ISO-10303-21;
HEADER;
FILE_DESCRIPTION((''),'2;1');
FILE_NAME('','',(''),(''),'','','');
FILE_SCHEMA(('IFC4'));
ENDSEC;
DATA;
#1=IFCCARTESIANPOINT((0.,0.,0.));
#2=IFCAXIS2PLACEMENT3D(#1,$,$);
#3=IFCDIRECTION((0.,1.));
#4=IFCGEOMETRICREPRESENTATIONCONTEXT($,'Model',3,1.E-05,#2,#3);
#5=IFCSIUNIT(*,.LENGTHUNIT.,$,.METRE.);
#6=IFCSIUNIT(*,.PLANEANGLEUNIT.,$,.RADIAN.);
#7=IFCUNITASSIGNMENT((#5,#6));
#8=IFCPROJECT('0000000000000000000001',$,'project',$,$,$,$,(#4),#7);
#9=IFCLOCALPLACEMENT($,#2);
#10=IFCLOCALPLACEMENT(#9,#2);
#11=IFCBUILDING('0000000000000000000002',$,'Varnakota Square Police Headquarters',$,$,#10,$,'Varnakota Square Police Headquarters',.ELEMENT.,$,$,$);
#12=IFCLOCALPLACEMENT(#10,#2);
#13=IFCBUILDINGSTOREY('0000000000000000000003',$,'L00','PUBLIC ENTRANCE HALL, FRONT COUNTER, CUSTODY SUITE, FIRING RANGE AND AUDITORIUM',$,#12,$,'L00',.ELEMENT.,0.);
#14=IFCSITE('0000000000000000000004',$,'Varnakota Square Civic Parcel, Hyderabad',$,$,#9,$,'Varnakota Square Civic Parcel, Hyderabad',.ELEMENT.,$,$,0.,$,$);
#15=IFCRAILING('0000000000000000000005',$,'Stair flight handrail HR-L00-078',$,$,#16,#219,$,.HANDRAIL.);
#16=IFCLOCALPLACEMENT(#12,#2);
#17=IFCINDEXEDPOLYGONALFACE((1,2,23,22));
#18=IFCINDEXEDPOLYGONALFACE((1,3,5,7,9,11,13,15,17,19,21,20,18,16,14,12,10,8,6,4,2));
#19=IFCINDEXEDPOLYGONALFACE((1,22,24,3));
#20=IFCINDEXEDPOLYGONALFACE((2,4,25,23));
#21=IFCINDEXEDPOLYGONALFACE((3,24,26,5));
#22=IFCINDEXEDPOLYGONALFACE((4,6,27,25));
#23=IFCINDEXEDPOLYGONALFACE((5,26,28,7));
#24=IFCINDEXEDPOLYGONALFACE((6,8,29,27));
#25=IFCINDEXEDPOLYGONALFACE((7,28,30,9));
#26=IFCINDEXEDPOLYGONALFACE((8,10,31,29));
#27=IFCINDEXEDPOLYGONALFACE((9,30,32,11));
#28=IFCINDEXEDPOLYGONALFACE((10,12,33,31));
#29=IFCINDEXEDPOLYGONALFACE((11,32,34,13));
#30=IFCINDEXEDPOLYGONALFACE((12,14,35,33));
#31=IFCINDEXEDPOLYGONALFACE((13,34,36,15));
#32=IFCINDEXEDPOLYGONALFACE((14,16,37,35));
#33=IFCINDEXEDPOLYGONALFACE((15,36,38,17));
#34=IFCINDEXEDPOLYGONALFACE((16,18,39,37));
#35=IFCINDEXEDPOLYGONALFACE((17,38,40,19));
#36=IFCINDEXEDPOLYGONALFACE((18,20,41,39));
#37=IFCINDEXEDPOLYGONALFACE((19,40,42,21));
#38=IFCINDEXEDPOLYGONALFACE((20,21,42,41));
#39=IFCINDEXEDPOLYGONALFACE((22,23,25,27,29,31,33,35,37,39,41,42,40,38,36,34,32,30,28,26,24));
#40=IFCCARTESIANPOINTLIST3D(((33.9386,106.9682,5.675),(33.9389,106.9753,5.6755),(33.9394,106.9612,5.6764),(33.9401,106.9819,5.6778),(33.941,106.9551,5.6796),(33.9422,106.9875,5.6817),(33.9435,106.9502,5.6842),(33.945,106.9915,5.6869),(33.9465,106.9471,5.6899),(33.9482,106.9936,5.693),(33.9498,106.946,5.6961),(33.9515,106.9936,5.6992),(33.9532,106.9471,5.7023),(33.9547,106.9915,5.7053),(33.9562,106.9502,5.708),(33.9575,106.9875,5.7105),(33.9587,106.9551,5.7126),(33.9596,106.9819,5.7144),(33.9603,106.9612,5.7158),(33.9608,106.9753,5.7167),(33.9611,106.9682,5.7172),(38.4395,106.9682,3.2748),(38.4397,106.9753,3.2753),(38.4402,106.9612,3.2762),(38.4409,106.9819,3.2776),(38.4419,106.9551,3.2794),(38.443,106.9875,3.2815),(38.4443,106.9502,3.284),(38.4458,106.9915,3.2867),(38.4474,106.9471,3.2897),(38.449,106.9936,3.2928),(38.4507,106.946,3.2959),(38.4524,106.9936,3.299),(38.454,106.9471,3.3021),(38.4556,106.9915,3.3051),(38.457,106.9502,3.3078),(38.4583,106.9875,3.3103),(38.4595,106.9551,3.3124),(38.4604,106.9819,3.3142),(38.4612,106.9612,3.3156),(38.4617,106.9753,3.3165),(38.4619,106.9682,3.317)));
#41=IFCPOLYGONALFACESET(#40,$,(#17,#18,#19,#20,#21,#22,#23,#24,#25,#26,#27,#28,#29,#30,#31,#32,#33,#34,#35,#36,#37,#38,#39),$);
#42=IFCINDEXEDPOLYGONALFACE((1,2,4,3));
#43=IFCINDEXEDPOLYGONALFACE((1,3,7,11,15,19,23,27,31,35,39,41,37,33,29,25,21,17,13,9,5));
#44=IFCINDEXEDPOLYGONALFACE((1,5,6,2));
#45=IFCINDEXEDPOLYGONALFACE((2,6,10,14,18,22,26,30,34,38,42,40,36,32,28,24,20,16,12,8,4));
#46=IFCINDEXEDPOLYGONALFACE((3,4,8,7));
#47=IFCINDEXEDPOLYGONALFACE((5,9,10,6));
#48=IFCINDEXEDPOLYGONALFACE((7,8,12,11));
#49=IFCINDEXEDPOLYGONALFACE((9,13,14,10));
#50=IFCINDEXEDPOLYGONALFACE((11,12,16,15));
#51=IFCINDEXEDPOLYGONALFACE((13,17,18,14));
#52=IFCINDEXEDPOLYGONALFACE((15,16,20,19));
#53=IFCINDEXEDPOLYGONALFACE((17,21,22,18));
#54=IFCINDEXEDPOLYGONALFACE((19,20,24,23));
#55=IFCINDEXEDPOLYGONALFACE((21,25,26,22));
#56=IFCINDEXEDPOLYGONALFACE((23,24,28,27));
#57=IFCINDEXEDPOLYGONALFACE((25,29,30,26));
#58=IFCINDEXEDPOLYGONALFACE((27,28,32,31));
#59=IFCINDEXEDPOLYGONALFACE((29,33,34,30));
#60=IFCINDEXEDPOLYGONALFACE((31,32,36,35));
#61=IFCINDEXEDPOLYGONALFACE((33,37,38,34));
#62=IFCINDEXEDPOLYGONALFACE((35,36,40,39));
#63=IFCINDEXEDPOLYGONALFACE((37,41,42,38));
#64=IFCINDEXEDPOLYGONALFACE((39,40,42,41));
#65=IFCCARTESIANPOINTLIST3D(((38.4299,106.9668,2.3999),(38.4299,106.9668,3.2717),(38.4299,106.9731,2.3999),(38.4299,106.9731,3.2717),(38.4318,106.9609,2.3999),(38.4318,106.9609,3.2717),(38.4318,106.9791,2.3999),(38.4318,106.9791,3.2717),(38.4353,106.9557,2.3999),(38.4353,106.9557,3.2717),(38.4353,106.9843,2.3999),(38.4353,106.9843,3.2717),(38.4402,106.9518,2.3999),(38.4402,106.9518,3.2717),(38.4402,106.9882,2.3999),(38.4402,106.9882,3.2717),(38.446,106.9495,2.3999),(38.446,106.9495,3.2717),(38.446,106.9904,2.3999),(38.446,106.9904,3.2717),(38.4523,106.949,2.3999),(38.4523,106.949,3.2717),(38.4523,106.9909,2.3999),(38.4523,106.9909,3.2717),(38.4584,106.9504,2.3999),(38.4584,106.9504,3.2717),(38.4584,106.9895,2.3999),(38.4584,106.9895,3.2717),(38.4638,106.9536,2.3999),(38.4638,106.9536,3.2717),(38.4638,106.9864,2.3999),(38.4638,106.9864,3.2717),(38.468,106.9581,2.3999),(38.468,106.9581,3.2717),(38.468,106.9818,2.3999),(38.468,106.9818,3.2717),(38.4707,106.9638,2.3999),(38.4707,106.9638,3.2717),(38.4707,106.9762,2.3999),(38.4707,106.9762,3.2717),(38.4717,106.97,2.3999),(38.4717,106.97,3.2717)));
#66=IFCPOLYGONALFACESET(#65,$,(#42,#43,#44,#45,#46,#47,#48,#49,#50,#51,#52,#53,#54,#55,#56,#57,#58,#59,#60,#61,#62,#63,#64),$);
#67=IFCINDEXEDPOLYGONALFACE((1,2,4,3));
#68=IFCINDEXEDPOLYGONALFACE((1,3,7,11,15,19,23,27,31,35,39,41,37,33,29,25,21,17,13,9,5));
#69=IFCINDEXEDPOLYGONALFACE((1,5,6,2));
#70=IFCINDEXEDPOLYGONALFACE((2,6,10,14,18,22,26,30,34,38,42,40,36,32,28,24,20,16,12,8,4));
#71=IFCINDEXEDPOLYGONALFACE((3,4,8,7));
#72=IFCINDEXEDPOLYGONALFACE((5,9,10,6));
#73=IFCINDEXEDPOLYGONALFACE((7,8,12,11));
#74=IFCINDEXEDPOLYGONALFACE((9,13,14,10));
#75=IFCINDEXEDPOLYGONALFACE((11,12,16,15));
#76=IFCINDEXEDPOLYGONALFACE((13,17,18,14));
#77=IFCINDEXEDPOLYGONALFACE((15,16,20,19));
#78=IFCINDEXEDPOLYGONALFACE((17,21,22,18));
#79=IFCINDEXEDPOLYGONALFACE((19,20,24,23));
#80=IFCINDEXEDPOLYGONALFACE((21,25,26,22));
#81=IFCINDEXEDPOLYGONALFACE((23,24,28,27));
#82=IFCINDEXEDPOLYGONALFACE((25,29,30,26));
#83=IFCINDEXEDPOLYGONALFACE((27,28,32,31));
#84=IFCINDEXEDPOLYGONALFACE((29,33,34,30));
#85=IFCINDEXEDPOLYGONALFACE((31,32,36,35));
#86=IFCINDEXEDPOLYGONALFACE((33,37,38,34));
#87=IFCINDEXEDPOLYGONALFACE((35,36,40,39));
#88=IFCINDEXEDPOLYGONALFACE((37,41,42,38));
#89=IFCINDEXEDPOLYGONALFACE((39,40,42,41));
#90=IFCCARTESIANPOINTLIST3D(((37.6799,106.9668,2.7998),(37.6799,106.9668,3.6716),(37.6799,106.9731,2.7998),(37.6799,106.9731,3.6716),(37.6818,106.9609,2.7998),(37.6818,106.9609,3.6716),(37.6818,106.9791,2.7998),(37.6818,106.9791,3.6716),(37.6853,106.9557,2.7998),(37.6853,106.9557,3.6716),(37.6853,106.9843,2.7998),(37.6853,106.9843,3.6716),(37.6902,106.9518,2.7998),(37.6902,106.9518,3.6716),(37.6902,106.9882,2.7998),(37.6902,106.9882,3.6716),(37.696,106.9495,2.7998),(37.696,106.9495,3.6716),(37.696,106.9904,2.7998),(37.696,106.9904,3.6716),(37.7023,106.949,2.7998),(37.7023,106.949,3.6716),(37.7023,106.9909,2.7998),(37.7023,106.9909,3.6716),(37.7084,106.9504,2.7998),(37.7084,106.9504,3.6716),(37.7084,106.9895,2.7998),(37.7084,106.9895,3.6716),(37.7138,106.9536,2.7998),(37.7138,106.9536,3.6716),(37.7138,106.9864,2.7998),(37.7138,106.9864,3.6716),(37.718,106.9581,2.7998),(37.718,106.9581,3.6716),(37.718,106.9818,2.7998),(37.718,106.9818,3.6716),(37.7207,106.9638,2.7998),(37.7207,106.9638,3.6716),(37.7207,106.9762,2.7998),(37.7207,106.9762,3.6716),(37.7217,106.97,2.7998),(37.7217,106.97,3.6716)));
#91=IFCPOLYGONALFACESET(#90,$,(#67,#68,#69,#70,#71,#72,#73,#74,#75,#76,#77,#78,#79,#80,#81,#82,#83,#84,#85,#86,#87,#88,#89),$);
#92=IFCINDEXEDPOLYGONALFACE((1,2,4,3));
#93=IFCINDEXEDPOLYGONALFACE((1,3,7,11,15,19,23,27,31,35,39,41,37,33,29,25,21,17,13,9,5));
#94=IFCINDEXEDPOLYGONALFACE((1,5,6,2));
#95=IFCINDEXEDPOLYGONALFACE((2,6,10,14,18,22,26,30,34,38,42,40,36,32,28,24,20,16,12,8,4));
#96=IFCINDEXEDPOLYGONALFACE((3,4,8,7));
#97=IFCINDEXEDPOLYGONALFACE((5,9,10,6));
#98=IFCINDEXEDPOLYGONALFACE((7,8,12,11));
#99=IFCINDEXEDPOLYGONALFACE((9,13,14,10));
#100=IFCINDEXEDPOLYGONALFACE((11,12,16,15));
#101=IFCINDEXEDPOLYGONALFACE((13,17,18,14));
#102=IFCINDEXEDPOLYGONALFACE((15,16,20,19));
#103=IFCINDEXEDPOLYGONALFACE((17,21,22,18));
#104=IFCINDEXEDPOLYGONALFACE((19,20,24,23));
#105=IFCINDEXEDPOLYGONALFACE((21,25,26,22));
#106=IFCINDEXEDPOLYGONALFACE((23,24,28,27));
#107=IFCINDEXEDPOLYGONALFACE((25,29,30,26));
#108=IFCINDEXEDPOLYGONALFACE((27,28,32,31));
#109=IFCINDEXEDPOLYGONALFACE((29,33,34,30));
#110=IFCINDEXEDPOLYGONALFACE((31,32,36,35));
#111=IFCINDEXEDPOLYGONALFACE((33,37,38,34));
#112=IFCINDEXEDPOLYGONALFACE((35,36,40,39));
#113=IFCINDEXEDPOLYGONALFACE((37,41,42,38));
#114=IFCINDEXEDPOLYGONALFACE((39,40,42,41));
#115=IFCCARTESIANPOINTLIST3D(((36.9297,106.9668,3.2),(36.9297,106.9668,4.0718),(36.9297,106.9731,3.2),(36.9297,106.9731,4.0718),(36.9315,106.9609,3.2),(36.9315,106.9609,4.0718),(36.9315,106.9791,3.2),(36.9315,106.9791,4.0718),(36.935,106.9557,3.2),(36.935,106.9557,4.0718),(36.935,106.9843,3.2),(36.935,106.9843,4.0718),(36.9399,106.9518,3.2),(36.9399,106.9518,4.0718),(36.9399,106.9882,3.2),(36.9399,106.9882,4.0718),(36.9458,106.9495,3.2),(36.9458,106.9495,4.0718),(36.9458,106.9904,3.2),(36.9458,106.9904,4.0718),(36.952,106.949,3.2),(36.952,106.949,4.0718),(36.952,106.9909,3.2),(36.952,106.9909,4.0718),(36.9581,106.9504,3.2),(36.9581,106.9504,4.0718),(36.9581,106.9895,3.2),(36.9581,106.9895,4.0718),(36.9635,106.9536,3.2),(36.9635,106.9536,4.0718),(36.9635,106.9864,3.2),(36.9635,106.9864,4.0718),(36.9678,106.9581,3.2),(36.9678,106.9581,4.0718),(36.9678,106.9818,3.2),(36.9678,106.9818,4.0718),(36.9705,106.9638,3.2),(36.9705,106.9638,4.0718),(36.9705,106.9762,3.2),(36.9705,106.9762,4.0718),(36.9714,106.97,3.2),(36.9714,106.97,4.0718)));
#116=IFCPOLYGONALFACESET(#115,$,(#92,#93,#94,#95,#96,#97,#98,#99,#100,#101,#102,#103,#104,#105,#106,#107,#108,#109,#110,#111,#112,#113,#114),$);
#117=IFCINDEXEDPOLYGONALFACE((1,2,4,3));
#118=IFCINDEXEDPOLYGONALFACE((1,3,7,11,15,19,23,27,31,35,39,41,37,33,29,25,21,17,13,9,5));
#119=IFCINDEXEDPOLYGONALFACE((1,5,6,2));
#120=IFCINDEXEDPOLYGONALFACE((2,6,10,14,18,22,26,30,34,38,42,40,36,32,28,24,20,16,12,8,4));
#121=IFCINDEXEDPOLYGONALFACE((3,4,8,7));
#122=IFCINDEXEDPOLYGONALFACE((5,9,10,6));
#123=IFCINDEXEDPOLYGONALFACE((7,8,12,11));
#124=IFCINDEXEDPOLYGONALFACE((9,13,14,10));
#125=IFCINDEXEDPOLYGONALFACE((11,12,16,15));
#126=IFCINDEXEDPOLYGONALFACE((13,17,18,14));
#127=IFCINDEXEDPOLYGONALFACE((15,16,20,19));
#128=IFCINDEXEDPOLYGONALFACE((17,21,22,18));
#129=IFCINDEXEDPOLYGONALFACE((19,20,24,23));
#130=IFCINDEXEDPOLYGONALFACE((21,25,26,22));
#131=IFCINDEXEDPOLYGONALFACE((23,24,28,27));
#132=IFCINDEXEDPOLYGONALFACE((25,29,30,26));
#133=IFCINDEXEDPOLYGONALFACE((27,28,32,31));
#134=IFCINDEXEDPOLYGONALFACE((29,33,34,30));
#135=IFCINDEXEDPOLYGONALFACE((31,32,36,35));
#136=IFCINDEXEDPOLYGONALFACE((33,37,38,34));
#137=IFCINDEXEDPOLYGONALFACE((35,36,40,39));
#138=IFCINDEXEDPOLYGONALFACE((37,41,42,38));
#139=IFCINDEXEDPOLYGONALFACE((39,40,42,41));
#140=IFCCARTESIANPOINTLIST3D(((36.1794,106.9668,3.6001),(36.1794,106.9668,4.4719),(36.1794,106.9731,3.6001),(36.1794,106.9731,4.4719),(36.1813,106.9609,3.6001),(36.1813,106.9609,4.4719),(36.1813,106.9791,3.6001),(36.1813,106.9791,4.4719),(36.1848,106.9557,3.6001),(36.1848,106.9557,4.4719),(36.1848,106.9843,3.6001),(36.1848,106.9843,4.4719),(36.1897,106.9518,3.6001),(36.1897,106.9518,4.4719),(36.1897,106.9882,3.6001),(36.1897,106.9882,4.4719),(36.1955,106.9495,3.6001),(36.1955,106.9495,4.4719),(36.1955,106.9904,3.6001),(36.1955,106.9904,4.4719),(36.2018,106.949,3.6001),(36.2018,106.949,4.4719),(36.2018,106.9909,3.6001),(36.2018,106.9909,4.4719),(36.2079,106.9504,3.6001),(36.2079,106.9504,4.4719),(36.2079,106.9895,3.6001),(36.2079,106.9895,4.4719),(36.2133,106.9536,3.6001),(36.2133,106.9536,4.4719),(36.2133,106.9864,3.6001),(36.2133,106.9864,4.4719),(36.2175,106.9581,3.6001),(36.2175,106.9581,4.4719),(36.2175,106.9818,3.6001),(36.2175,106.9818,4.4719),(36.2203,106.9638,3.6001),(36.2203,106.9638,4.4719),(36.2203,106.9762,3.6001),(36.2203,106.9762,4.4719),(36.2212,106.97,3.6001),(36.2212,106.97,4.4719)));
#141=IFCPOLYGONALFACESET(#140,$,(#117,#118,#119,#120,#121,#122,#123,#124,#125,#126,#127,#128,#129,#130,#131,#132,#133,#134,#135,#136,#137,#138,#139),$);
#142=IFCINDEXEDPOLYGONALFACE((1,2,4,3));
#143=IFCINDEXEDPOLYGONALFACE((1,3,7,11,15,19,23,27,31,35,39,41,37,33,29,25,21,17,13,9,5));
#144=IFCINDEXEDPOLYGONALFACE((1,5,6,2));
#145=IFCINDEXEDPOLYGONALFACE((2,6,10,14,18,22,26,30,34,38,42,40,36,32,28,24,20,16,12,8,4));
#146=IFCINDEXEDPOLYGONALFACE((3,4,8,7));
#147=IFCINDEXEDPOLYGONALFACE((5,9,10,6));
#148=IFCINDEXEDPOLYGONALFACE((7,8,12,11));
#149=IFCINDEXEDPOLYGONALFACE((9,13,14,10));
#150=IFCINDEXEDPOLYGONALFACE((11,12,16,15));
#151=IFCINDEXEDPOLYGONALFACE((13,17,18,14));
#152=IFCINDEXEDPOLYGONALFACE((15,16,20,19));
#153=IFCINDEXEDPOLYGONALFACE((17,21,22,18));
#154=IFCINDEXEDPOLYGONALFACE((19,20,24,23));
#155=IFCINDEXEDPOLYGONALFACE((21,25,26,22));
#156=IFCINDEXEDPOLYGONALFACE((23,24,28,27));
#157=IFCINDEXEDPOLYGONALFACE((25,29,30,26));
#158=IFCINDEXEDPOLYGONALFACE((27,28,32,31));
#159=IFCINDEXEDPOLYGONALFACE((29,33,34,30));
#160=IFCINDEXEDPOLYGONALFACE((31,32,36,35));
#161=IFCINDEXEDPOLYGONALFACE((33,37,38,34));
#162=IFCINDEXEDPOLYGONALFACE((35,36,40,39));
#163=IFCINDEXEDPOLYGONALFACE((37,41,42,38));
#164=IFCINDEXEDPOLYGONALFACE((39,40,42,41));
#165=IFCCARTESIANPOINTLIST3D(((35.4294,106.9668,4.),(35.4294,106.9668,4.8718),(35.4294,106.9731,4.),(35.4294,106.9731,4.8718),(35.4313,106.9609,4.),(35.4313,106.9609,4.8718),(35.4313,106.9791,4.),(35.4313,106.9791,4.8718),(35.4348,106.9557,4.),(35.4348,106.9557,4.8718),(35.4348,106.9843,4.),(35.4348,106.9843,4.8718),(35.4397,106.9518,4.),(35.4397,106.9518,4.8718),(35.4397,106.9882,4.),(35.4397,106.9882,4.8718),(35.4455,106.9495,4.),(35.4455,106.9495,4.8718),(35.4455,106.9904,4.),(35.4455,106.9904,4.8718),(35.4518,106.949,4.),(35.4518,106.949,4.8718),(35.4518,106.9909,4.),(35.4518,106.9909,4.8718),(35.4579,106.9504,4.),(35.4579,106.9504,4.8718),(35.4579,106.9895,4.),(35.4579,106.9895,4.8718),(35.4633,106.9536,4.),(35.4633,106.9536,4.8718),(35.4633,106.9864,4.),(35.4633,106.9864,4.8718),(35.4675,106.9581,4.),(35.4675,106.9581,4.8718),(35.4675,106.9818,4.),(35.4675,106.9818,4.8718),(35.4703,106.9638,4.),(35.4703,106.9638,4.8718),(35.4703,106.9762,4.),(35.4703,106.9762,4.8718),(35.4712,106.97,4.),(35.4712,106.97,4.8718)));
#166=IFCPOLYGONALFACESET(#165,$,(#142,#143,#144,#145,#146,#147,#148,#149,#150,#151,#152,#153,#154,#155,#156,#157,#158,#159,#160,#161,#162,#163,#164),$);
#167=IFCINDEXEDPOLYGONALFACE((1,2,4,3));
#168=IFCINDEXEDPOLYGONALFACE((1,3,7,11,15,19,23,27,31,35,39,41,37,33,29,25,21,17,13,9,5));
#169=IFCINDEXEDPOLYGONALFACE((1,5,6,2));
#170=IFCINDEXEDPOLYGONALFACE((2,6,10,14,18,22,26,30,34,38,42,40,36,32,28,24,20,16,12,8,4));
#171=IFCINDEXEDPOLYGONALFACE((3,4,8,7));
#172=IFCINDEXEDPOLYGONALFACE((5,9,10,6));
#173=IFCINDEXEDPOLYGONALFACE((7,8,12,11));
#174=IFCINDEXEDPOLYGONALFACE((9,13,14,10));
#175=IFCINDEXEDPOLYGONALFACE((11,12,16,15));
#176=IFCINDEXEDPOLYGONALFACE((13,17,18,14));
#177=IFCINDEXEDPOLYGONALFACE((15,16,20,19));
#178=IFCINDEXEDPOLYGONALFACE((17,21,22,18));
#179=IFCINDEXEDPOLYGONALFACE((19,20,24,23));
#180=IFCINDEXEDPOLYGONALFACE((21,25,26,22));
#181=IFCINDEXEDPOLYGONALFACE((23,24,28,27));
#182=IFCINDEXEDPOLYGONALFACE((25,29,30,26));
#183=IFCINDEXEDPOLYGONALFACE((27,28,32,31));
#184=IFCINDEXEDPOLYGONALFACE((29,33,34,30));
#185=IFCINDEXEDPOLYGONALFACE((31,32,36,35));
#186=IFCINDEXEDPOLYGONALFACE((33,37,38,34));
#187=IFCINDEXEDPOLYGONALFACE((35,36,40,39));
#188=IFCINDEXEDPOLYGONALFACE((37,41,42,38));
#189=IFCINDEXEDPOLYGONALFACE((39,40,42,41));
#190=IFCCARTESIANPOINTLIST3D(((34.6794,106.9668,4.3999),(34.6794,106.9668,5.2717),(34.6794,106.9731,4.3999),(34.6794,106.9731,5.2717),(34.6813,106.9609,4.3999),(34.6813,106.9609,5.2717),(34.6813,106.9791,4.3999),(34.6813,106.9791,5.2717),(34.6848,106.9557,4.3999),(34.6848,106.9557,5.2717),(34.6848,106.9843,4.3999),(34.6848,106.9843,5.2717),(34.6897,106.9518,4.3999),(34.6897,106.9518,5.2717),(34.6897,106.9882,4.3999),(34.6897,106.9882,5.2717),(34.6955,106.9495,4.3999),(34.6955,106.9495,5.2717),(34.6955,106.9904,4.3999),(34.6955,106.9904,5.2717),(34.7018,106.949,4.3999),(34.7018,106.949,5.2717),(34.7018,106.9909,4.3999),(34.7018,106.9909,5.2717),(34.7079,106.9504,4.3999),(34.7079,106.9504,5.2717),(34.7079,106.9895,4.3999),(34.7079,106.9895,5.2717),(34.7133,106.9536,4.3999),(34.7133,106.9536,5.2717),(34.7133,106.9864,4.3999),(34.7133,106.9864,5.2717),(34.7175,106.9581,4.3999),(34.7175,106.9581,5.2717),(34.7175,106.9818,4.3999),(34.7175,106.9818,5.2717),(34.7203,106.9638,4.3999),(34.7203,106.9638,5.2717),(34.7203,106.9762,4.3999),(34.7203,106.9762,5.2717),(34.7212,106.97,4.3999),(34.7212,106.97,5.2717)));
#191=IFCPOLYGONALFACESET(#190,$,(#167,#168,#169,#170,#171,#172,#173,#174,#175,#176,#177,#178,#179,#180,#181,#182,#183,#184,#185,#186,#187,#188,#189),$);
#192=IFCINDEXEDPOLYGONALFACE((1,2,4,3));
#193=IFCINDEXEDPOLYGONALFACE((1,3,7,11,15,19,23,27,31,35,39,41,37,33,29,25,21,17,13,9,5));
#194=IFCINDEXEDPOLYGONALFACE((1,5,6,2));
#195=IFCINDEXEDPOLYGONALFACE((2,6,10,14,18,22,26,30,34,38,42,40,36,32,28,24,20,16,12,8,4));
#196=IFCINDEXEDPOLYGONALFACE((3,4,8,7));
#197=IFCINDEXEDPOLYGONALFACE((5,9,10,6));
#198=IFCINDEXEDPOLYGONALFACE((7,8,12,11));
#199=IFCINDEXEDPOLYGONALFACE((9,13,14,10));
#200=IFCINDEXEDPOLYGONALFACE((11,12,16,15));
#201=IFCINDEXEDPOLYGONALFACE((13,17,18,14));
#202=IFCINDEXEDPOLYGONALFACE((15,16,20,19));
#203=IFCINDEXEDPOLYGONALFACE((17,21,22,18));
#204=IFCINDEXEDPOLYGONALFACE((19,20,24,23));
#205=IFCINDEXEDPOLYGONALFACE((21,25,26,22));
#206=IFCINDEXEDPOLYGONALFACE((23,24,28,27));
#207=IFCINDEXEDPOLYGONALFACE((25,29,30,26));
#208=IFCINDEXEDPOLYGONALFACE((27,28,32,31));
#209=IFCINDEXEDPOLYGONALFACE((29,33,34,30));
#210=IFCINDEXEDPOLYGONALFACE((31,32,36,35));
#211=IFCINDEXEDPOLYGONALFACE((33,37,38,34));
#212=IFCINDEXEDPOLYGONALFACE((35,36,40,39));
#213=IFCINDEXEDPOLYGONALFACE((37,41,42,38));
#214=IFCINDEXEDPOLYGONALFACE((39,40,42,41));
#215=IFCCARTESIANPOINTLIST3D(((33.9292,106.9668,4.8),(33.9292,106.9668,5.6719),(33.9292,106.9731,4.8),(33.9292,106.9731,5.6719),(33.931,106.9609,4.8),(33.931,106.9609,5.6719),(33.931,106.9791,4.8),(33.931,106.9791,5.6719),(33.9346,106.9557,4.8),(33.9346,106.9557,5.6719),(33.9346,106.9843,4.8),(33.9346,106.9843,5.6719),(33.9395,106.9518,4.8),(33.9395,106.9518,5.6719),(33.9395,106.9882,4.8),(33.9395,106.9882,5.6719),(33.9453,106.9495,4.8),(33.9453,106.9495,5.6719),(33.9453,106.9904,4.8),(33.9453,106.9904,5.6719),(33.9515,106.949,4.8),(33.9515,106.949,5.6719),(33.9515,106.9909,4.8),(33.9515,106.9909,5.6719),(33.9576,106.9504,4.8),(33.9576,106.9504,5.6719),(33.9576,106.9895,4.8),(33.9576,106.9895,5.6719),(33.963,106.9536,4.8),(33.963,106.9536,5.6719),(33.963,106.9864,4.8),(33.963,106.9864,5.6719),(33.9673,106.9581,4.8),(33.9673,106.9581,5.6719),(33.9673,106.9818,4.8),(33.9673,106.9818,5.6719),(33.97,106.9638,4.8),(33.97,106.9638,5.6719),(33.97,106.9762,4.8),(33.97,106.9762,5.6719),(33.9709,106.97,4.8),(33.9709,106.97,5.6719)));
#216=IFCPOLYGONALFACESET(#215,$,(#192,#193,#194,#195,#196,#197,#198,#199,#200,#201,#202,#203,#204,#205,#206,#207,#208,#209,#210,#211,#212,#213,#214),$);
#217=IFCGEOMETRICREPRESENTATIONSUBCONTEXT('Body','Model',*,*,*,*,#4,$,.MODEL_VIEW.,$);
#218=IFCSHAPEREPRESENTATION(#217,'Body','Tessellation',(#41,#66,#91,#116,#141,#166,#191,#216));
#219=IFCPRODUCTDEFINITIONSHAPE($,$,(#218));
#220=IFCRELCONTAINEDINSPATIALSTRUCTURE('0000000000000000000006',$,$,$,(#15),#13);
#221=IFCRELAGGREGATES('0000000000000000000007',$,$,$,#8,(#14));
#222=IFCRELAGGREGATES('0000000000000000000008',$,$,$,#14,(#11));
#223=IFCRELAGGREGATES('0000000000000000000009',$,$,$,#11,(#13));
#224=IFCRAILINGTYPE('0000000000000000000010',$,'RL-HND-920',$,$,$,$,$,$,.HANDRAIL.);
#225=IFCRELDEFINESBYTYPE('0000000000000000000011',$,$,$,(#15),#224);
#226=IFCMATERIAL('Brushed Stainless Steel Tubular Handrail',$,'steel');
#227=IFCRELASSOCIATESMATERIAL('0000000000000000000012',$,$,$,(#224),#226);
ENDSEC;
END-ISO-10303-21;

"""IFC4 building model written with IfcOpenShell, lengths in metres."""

from ifc_helpers import new_model, si_unit, direction, frame, origin, origin_2d, place, context, subcontext, project, spatial, circle, extrude, material, type_object, element, save


model = new_model("IFC4")

# Units and contexts
model_context = context("Model", 3, precision=1e-05, world=origin(), true_north=direction((0.0, 1.0)))
body_context = subcontext(model_context, "Body", "Model", "MODEL_VIEW")
ifc_project = project(units=[si_unit("LENGTHUNIT", "METRE"), si_unit("PLANEANGLEUNIT", "RADIAN")], contexts=[model_context])

# Site, building, storey
site_placement = place(None, origin())
site = spatial("IfcSite", under=ifc_project, at=site_placement, Name="Varnakota Square Civic Parcel, Hyderabad", LongName="Varnakota Square Civic Parcel, Hyderabad", CompositionType="ELEMENT", RefElevation=0.0)
building_placement = place(site_placement, origin())
building = spatial("IfcBuilding", under=site, at=building_placement, Name="Varnakota Square Police Headquarters", LongName="Varnakota Square Police Headquarters", CompositionType="ELEMENT")
storey_placement = place(building_placement, origin())
storey = spatial("IfcBuildingStorey", under=building, at=storey_placement, Name="L00", Description="PUBLIC ENTRANCE HALL, FRONT COUNTER, CUSTODY SUITE, FIRING RANGE AND AUDITORIUM", LongName="L00", CompositionType="ELEMENT", Elevation=0.0)

# Railing
ifc_material_1 = material(Name="Brushed Stainless Steel Tubular Handrail", Category="steel")
railing_type_1 = type_object("IfcRailingType", Name="RL-HND-920", PredefinedType="HANDRAIL", material=ifc_material_1)
railing_1_placement = place(storey_placement, frame((38.4507, 106.97, 2.3999)))
element("IfcRailing", 1, at=railing_1_placement, inside=storey, type_object=railing_type_1, Name="Stair flight handrail HR-L00-078", PredefinedType="HANDRAIL", context=body_context, shape_type="SweptSolid", body=[
    extrude(circle(Radius=0.0239, at=origin_2d()), frame((0.0, 0.0, 0.896), z_axis=(-0.882373, 0.0, 0.470551), x_axis=(0.0, -1.0, 0.0)), (0.0, 0.0, 1.0), 5.1008),
    extrude(circle(Radius=0.021, at=origin_2d()), origin(), (0.0, 0.0, 1.0), 0.8718),
    extrude(circle(Radius=0.021, at=origin_2d()), frame((-0.75, 0.0, 0.3999)), (0.0, 0.0, 1.0), 0.8718),
    extrude(circle(Radius=0.021, at=origin_2d()), frame((-1.5002, 0.0, 0.8)), (0.0, 0.0, 1.0), 0.8718),
    extrude(circle(Radius=0.021, at=origin_2d()), frame((-2.2505, 0.0, 1.2002)), (0.0, 0.0, 1.0), 0.8718),
    extrude(circle(Radius=0.021, at=origin_2d()), frame((-3.0005, 0.0, 1.6001)), (0.0, 0.0, 1.0), 0.8718),
    extrude(circle(Radius=0.021, at=origin_2d()), frame((-3.7505, 0.0, 2.0)), (0.0, 0.0, 1.0), 0.8718),
    extrude(circle(Radius=0.021, at=origin_2d()), frame((-4.5007, 0.0, 2.4001)), (0.0, 0.0, 1.0), 0.8718),
])

save(model, "model.ifc")
